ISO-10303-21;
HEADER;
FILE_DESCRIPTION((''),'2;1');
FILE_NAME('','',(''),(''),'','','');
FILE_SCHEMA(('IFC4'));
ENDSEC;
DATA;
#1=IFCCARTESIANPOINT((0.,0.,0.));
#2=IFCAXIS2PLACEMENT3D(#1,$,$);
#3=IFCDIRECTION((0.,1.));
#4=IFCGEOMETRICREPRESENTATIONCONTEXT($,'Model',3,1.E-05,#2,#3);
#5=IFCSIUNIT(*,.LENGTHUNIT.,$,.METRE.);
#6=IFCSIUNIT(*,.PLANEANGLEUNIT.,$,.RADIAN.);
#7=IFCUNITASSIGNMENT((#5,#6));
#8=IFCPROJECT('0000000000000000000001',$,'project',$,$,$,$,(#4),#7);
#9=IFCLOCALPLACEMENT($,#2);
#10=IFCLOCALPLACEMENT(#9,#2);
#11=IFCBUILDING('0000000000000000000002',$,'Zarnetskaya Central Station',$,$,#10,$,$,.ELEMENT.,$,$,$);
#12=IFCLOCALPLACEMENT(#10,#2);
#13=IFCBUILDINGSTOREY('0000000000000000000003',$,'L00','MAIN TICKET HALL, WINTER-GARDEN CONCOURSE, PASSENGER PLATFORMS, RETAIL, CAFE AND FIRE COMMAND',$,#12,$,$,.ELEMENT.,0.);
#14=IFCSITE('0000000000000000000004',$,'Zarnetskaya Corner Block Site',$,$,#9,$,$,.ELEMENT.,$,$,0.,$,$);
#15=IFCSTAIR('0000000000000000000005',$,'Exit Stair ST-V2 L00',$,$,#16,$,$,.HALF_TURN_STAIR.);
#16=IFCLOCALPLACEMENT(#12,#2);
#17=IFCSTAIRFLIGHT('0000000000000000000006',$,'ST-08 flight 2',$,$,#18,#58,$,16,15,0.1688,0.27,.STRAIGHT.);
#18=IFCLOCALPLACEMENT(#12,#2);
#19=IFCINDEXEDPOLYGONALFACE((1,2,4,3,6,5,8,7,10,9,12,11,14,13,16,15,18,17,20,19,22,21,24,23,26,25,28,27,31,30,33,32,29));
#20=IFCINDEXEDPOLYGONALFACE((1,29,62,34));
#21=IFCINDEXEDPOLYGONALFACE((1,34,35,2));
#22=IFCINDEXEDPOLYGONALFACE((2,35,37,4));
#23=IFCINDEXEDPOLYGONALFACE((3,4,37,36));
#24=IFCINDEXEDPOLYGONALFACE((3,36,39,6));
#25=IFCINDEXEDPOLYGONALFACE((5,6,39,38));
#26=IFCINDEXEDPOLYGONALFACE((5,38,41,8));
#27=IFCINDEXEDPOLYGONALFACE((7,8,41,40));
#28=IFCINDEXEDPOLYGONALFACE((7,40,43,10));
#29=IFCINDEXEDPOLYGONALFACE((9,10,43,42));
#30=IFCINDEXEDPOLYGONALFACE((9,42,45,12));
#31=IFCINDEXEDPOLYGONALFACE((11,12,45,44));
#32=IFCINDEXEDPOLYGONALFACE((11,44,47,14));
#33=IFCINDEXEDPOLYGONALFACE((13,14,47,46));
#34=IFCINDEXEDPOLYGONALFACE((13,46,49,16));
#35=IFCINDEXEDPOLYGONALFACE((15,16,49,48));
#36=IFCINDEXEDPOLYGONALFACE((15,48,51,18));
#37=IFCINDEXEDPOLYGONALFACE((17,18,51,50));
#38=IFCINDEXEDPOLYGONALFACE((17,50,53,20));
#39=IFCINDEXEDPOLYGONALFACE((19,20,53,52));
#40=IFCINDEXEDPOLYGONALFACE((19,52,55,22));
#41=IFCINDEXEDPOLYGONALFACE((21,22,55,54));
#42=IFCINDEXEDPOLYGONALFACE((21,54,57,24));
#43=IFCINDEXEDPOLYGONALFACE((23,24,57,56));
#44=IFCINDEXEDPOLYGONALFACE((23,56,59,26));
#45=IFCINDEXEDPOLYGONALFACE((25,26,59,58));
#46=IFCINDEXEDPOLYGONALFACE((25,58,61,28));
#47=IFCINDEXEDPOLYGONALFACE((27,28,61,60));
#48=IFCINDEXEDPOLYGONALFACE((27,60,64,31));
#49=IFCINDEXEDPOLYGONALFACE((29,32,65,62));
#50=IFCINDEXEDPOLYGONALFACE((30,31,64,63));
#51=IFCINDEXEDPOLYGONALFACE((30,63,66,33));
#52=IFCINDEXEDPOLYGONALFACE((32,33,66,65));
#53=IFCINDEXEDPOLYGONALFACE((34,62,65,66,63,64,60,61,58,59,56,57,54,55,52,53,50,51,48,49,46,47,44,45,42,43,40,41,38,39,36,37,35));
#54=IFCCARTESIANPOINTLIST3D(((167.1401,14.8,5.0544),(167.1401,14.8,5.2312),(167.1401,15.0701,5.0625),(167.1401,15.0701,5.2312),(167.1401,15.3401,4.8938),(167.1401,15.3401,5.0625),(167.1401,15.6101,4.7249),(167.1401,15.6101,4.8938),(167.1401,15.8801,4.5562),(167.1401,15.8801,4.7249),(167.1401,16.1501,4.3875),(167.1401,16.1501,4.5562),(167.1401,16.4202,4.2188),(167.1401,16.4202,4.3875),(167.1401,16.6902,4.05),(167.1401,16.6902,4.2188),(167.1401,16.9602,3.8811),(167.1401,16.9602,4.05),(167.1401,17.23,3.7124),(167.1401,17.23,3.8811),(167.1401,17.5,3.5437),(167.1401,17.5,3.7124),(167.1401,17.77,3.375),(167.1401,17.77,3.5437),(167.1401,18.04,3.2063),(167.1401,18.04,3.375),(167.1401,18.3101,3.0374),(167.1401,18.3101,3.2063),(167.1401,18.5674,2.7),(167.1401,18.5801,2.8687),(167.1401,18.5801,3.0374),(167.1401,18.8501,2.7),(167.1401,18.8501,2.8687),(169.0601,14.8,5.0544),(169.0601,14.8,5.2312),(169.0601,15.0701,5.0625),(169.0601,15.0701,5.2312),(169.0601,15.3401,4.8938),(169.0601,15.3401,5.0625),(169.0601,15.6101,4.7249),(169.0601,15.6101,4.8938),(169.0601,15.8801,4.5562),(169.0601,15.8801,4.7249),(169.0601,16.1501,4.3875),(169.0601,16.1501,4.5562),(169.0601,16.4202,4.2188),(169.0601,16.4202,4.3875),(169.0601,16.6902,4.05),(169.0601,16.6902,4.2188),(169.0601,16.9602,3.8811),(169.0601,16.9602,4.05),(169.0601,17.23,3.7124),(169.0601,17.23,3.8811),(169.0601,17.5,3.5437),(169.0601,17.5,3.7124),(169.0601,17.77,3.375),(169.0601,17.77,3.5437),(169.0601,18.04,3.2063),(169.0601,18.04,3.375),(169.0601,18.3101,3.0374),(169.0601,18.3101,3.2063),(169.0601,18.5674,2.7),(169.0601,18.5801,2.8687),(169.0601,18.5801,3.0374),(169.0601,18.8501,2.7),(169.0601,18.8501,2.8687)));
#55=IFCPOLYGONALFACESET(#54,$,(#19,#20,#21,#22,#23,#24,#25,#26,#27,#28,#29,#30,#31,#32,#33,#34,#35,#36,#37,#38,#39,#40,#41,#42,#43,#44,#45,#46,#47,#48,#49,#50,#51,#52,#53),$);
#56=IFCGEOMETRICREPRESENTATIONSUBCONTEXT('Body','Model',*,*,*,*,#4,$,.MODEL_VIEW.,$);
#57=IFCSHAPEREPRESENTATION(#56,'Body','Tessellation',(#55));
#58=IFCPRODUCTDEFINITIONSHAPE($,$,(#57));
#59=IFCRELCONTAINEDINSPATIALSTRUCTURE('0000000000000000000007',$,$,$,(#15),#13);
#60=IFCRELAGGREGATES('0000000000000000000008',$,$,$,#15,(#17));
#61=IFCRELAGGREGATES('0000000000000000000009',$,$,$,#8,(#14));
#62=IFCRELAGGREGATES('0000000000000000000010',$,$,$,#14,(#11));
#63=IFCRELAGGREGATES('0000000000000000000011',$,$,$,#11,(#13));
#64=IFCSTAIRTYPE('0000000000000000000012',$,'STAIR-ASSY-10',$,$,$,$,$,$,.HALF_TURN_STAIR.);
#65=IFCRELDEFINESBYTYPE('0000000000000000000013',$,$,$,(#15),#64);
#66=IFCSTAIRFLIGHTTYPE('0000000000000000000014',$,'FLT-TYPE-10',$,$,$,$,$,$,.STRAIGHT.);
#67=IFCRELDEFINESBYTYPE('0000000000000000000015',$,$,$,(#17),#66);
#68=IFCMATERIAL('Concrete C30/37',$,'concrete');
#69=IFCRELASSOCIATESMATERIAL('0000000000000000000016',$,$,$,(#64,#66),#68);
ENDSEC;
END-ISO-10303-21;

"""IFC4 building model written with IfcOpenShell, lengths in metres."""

from ifc_helpers import new_model, si_unit, direction, frame, origin, place, context, subcontext, project, spatial, polyline, outline, extrude, material, type_object, element, aggregate, save


model = new_model("IFC4")

# Units and contexts
model_context = context("Model", 3, precision=1e-05, world=origin(), true_north=direction((0.0, 1.0)))
body_context = subcontext(model_context, "Body", "Model", "MODEL_VIEW")
ifc_project = project(units=[si_unit("LENGTHUNIT", "METRE"), si_unit("PLANEANGLEUNIT", "RADIAN")], contexts=[model_context])

# Site, building, storey
site_placement = place(None, origin())
site = spatial("IfcSite", under=ifc_project, at=site_placement, Name="Zarnetskaya Corner Block Site", CompositionType="ELEMENT", RefElevation=0.0)
building_placement = place(site_placement, origin())
building = spatial("IfcBuilding", under=site, at=building_placement, Name="Zarnetskaya Central Station", CompositionType="ELEMENT")
storey_placement = place(building_placement, origin())
storey = spatial("IfcBuildingStorey", under=building, at=storey_placement, Name="L00", Description="MAIN TICKET HALL, WINTER-GARDEN CONCOURSE, PASSENGER PLATFORMS, RETAIL, CAFE AND FIRE COMMAND", CompositionType="ELEMENT", Elevation=0.0)

# Stair, stair flight
ifc_material_1 = material(Name="Concrete C30/37", Category="concrete")
stair_type = type_object("IfcStairType", Name="STAIR-ASSY-10", PredefinedType="HALF_TURN_STAIR", material=ifc_material_1)
stair_placement = place(storey_placement, origin())
stair = element("IfcStair", 1, at=stair_placement, inside=storey, type_object=stair_type, Name="Exit Stair ST-V2 L00", PredefinedType="HALF_TURN_STAIR")
stair_flight_type = type_object("IfcStairFlightType", Name="FLT-TYPE-10", PredefinedType="STRAIGHT", material=ifc_material_1)
stair_flight_1_placement = place(storey_placement, frame((168.1001, 18.8501, 2.7), z_axis=(0.0, 0.0, 1.0), x_axis=(0.0, -1.0, 0.0)))
stair_flight_1 = element("IfcStairFlight", 2, at=stair_flight_1_placement, type_object=stair_flight_type, Name="ST-08 flight 2", NumberOfRisers=16, NumberOfTreads=15, PredefinedType="STRAIGHT", RiserHeight=0.1688, TreadLength=0.27, context=body_context, shape_type="SweptSolid", body=[
    extrude(outline(polyline([(0.0, 0.0), (0.0, 0.1687), (0.27, 0.1687), (0.27, 0.3374), (0.54, 0.3374), (0.54, 0.5063), (0.8101, 0.5063), (0.8101, 0.675), (1.0801, 0.675), (1.0801, 0.8438), (1.3501, 0.8438), (1.3501, 1.0125), (1.6201, 1.0125), (1.6201, 1.1812), (1.8899, 1.1812), (1.8899, 1.3501), (2.1599, 1.3501), (2.1599, 1.5188), (2.4299, 1.5188), (2.4299, 1.6875), (2.7, 1.6875), (2.7, 1.8562), (2.97, 1.8562), (2.97, 2.0249), (3.24, 2.0249), (3.24, 2.1938), (3.51, 2.1938), (3.51, 2.3625), (3.78, 2.3625), (3.78, 2.5312), (4.05, 2.5312), (4.05, 2.7), (4.05, 2.3545), (0.2827, 0.0), (0.0, 0.0)])), frame((0.0, 0.96, 0.0), z_axis=(0.0, -1.0, 0.0), x_axis=(1.0, 0.0, 0.0)), (0.0, 0.0, 1.0), 1.9199),
])
aggregate(stair, [stair_flight_1])

save(model, "model.ifc")
